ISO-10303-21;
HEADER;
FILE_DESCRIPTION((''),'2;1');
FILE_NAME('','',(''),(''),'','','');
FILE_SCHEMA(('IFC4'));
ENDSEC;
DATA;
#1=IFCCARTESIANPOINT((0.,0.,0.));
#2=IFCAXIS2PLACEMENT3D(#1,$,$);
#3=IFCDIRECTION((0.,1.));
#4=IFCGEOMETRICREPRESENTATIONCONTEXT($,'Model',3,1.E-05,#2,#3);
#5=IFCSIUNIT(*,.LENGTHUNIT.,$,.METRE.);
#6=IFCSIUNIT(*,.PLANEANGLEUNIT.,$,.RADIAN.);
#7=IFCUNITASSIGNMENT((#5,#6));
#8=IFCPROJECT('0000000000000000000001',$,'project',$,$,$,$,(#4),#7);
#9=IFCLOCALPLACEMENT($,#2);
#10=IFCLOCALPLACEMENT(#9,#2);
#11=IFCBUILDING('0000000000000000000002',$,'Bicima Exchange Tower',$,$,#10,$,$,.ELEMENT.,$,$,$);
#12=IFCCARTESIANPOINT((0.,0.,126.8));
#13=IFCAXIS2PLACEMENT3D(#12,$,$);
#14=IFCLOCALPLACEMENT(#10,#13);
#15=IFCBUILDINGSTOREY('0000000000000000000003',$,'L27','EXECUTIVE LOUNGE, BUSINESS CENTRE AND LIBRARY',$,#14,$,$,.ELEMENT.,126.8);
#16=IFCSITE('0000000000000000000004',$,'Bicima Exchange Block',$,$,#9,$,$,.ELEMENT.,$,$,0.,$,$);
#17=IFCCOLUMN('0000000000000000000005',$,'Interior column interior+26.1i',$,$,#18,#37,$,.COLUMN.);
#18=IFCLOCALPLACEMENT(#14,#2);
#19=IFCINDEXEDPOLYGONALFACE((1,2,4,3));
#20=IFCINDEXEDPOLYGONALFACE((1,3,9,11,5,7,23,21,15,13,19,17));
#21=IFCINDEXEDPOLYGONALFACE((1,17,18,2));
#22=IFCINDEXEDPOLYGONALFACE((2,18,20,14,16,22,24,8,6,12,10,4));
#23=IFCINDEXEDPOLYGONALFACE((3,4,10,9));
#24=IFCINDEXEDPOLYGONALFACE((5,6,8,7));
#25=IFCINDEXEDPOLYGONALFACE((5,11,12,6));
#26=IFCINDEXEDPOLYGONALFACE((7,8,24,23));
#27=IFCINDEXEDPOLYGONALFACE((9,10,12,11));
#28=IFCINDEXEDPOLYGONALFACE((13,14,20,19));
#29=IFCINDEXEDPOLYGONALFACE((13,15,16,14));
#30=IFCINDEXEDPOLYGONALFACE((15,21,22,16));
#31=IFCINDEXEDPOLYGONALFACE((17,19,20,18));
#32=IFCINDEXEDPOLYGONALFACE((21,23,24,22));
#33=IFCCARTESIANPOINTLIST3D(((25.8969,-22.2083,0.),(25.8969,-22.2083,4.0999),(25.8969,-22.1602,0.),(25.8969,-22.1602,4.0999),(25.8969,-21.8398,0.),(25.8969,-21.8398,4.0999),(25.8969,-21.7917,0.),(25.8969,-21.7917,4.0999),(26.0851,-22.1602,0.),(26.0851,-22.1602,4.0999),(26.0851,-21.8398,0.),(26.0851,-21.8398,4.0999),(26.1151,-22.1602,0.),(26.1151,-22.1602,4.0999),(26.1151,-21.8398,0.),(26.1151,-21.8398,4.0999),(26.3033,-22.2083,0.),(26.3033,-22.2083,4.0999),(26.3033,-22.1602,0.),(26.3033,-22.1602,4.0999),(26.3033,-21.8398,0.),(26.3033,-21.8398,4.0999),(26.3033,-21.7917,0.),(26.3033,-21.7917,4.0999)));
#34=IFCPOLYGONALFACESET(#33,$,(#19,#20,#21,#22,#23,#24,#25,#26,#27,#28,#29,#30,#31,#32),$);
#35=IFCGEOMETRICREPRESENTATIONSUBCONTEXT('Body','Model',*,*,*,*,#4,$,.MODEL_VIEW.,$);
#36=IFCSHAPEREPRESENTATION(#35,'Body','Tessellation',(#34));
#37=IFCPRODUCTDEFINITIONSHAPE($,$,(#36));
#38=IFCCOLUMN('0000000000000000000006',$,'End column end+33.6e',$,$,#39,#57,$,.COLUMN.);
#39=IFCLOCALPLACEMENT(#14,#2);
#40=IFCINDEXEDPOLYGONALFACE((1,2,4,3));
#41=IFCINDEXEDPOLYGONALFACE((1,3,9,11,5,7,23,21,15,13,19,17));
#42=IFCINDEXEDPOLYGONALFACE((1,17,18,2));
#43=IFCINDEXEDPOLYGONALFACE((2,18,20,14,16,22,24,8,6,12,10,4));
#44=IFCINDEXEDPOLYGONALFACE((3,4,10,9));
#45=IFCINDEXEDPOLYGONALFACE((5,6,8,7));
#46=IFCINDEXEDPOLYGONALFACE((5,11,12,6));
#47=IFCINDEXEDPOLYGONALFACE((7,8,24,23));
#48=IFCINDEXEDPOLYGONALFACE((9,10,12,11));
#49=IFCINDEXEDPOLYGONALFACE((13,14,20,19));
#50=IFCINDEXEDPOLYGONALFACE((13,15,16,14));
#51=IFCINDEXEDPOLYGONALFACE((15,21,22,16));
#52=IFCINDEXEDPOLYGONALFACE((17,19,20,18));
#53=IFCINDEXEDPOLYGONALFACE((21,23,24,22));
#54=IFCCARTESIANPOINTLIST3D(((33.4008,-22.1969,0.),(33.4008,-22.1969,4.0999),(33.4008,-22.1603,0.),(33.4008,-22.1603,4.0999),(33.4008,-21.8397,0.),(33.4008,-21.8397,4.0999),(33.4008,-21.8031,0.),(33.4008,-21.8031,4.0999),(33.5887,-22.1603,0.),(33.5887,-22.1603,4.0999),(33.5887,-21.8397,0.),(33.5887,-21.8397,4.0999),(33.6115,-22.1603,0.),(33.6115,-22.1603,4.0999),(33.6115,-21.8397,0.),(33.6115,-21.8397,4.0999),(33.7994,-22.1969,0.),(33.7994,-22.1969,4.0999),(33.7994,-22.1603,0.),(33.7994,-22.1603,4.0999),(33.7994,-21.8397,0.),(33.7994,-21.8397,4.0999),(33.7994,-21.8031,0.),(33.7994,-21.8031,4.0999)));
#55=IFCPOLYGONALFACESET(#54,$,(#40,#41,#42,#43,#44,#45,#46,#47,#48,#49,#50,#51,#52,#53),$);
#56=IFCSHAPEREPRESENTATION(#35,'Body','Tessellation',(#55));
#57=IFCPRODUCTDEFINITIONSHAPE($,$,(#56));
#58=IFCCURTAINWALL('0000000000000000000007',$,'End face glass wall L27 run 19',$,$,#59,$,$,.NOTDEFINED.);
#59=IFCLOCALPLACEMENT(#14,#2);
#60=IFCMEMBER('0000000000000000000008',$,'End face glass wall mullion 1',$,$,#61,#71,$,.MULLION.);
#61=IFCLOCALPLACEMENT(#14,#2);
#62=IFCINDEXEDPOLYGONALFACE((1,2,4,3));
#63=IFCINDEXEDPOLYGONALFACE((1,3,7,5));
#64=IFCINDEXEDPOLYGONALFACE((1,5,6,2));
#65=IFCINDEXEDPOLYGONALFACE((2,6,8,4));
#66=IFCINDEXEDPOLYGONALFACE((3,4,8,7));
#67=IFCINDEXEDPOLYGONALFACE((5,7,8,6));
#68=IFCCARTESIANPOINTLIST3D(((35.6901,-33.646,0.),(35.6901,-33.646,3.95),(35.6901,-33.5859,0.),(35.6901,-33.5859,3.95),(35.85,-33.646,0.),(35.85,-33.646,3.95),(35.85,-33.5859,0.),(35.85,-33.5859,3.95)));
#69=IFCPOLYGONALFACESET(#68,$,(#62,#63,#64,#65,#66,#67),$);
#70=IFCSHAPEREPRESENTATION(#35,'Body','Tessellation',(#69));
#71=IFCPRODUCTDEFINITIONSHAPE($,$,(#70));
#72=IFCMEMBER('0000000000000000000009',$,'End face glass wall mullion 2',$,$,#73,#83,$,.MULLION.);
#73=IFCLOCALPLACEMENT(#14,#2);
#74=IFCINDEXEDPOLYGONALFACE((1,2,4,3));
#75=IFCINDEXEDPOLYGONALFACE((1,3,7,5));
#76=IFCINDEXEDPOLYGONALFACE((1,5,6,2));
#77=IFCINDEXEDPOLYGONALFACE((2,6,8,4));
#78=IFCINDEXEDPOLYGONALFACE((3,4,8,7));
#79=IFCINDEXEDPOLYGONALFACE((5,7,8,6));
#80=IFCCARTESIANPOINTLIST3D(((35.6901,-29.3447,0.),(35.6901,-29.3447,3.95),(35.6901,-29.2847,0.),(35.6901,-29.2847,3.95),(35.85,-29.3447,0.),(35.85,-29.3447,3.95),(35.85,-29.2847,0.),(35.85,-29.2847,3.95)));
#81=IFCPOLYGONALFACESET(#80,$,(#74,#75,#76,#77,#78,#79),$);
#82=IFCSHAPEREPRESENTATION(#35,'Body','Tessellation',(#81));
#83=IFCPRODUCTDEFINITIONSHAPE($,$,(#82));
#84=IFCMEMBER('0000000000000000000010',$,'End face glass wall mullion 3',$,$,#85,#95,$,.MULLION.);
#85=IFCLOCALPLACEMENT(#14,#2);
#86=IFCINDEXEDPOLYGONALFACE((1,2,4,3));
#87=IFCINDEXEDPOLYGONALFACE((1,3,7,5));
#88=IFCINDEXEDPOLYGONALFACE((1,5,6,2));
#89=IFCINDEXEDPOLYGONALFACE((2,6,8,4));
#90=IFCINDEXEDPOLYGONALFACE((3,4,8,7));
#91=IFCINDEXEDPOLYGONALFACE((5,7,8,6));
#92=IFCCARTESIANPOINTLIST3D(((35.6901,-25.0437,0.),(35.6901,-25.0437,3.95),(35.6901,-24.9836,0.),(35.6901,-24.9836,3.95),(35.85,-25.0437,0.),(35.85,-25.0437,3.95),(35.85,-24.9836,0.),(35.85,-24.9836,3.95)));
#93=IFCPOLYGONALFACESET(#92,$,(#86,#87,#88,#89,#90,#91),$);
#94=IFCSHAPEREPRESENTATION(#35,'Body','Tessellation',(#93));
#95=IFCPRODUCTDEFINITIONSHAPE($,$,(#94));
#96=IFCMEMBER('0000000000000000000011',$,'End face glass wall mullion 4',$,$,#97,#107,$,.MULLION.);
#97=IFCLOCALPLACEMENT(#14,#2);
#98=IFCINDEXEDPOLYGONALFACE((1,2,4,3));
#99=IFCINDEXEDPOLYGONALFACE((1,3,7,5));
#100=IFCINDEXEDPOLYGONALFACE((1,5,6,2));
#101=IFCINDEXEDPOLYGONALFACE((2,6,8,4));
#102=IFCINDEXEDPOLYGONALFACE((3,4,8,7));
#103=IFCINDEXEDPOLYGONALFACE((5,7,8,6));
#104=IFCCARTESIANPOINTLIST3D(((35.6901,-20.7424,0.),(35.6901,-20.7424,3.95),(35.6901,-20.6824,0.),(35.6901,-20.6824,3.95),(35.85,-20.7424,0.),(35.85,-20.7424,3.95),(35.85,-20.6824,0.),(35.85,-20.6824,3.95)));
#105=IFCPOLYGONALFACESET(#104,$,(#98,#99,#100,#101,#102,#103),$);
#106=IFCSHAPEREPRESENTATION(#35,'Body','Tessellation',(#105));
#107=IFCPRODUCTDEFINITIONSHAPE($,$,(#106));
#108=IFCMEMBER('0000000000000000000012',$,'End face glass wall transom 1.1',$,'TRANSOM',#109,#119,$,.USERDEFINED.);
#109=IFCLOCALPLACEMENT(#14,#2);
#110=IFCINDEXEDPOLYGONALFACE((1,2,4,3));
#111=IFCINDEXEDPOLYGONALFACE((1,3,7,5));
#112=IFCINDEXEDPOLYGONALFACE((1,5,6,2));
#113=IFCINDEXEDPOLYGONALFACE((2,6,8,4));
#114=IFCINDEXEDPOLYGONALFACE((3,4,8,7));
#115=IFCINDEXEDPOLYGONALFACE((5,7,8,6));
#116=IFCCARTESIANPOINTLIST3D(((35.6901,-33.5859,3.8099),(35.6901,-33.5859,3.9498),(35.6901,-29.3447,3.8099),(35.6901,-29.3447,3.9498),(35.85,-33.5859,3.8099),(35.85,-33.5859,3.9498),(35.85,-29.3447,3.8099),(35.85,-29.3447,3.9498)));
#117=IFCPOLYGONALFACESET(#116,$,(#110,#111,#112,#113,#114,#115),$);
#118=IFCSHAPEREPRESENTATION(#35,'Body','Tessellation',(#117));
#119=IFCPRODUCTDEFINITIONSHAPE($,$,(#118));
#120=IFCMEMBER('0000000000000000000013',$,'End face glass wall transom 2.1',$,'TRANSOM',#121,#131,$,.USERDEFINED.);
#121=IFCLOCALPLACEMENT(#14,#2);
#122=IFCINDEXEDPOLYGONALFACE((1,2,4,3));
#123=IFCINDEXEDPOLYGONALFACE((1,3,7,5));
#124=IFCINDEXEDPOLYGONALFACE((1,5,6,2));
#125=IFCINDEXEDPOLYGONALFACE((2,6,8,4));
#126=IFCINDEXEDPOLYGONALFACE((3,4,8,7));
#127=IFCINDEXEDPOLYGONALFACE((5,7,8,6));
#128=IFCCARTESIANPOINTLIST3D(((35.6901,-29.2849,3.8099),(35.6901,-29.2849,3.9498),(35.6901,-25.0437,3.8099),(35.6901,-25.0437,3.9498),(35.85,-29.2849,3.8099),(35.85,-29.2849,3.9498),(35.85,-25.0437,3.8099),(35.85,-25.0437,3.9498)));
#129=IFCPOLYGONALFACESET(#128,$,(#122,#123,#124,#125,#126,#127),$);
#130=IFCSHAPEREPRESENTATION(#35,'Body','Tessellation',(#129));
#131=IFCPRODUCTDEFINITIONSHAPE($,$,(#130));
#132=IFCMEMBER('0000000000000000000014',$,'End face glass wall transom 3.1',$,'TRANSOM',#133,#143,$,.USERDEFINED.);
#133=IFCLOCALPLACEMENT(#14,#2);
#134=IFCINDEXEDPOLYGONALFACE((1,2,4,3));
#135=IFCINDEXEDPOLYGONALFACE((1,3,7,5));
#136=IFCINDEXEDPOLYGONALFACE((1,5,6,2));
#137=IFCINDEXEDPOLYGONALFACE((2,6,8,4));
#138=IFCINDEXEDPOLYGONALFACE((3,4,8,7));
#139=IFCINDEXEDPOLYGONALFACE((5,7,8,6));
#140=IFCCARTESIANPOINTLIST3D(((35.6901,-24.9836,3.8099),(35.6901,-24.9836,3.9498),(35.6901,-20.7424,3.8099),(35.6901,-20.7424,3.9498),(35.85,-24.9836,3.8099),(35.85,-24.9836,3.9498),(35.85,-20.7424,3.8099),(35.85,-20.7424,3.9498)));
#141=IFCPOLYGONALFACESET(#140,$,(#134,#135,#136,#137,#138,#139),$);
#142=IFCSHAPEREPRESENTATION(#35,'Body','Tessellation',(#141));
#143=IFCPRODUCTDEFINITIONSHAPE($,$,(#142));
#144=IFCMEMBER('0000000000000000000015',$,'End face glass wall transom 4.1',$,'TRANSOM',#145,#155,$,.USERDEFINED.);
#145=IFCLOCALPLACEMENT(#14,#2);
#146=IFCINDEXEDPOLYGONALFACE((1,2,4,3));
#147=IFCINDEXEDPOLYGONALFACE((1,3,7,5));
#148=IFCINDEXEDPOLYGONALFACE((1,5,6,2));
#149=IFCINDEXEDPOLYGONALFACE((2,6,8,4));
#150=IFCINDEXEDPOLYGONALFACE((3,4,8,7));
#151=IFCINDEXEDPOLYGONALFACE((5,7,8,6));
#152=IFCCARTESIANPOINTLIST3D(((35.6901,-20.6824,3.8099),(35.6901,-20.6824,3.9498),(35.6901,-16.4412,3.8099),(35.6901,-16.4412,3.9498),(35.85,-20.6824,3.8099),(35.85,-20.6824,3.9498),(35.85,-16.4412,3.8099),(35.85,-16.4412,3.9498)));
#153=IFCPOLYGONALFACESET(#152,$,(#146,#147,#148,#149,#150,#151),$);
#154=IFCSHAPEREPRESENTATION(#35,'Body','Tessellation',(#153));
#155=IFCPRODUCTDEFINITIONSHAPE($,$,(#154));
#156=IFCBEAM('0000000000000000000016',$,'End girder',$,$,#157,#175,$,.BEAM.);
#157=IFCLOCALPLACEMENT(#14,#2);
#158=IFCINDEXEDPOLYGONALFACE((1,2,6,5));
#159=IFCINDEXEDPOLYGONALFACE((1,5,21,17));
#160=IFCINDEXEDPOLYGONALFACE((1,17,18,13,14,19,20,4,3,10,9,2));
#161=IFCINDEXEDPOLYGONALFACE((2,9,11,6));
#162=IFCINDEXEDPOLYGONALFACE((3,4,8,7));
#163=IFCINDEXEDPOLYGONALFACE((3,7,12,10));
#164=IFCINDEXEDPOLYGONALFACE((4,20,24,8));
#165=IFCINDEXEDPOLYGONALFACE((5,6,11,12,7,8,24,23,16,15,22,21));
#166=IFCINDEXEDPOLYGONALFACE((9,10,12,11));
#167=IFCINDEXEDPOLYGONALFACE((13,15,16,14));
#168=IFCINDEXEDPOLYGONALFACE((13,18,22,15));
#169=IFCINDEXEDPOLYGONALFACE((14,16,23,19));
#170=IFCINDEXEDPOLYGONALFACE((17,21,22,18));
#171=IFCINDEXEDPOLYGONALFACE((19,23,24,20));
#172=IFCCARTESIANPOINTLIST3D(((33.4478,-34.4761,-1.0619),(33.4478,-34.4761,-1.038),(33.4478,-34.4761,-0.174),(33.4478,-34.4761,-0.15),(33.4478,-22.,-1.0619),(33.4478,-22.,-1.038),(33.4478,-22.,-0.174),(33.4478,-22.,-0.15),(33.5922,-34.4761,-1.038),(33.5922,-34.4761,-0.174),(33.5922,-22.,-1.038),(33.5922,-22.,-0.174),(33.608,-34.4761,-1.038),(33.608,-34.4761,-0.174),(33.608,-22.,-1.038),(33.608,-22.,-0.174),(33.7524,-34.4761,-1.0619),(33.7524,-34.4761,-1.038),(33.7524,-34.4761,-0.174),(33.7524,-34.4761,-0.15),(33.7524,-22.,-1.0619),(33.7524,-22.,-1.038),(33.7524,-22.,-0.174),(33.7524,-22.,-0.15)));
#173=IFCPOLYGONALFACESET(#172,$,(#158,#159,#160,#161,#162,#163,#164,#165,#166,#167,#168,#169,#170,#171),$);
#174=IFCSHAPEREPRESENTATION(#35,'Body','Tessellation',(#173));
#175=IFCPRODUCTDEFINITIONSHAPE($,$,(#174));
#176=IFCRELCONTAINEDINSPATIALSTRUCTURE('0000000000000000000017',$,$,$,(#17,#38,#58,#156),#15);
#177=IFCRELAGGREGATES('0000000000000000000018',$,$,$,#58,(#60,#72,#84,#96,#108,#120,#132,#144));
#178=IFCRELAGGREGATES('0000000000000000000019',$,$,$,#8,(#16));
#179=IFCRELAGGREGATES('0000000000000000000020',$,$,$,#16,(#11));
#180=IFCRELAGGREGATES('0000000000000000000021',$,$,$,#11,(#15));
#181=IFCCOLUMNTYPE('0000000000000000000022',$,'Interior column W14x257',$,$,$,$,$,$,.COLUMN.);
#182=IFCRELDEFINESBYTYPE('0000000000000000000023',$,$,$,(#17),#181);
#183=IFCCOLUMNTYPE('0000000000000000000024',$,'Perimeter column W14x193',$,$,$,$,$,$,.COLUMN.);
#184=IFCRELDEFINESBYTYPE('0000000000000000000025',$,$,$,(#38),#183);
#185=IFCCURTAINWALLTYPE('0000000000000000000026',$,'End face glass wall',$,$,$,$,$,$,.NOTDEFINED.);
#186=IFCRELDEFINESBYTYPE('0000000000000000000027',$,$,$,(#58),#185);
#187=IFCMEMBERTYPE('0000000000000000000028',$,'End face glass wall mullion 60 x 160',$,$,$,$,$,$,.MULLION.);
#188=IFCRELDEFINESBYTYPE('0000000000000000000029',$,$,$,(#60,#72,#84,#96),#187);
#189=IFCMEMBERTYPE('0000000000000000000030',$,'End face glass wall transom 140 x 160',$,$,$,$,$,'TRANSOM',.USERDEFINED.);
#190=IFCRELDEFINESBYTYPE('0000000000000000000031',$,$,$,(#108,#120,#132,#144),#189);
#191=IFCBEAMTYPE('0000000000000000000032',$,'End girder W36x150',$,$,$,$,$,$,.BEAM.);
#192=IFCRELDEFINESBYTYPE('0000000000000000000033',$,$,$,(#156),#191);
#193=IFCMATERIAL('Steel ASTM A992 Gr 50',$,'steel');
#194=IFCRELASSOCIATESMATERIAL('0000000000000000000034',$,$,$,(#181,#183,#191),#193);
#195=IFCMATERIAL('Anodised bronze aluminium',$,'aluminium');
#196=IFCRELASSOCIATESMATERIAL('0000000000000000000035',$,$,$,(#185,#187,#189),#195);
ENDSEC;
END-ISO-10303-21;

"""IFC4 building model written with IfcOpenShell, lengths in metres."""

from ifc_helpers import new_model, si_unit, direction, frame, origin, origin_2d, place, context, subcontext, project, spatial, rectangle, i_section, extrude, material, material_profile, profile_set, type_object, element, aggregate, save


model = new_model("IFC4")

# Units and contexts
model_context = context("Model", 3, precision=1e-05, world=origin(), true_north=direction((0.0, 1.0)))
body_context = subcontext(model_context, "Body", "Model", "MODEL_VIEW")
ifc_project = project(units=[si_unit("LENGTHUNIT", "METRE"), si_unit("PLANEANGLEUNIT", "RADIAN")], contexts=[model_context])

# Site, building, storey
site_placement = place(None, origin())
site = spatial("IfcSite", under=ifc_project, at=site_placement, Name="Bicima Exchange Block", CompositionType="ELEMENT", RefElevation=0.0)
building_placement = place(site_placement, origin())
building = spatial("IfcBuilding", under=site, at=building_placement, Name="Bicima Exchange Tower", CompositionType="ELEMENT")
storey_placement = place(building_placement, frame((0.0, 0.0, 126.8)))
storey = spatial("IfcBuildingStorey", under=building, at=storey_placement, Name="L27", Description="EXECUTIVE LOUNGE, BUSINESS CENTRE AND LIBRARY", CompositionType="ELEMENT", Elevation=126.8)

# Columns
ifc_material_1 = material(Name="Steel ASTM A992 Gr 50", Category="steel")
ifc_material_profile_1 = material_profile(ifc_material_1, i_section(OverallWidth=0.4065, OverallDepth=0.4165, WebThickness=0.03, FlangeThickness=0.0481, at=origin_2d()))
ifc_profile_set_1 = profile_set([ifc_material_profile_1], Name="Steel ASTM A992 Gr 50")
column_type_1 = type_object("IfcColumnType", Name="Interior column W14x257", PredefinedType="COLUMN", material=ifc_profile_set_1)
column_1_placement = place(storey_placement, frame((26.1001, -22.0, 0.0), z_axis=(0.0, 0.0, 1.0), x_axis=(1.0, 0.0, 0.0)))
element("IfcColumn", 1, at=column_1_placement, inside=storey, type_object=column_type_1, Name="Interior column interior+26.1i", PredefinedType="COLUMN", context=body_context, shape_type="SweptSolid", body=[
    extrude(i_section(OverallWidth=0.4065, OverallDepth=0.4165, WebThickness=0.03, FlangeThickness=0.0481, at=origin_2d()), origin(), (0.0, 0.0, 1.0), 4.0999),
])
ifc_material_profile_2 = material_profile(ifc_material_1, i_section(OverallWidth=0.3987, OverallDepth=0.3938, WebThickness=0.0227, FlangeThickness=0.0366, at=origin_2d()))
ifc_profile_set_2 = profile_set([ifc_material_profile_2], Name="Steel ASTM A992 Gr 50")
column_type_2 = type_object("IfcColumnType", Name="Perimeter column W14x193", PredefinedType="COLUMN", material=ifc_profile_set_2)
column_2_placement = place(storey_placement, frame((33.6001, -22.0, 0.0), z_axis=(0.0, 0.0, 1.0), x_axis=(1.0, 0.0, 0.0)))
element("IfcColumn", 2, at=column_2_placement, inside=storey, type_object=column_type_2, Name="End column end+33.6e", PredefinedType="COLUMN", context=body_context, shape_type="SweptSolid", body=[
    extrude(i_section(OverallWidth=0.3987, OverallDepth=0.3938, WebThickness=0.0227, FlangeThickness=0.0366, at=origin_2d()), origin(), (0.0, 0.0, 1.0), 4.0999),
])

# Curtain wall, members
ifc_material_2 = material(Name="Anodised bronze aluminium", Category="aluminium")
curtain_wall_type = type_object("IfcCurtainWallType", Name="End face glass wall", PredefinedType="NOTDEFINED", material=ifc_material_2)
curtain_wall_placement = place(storey_placement, origin())
curtain_wall = element("IfcCurtainWall", 3, at=curtain_wall_placement, inside=storey, type_object=curtain_wall_type, Name="End face glass wall L27 run 19", PredefinedType="NOTDEFINED")
ifc_material_profile_3 = material_profile(ifc_material_2, rectangle(XDim=0.1599, YDim=0.0601, at=origin_2d()))
ifc_profile_set_3 = profile_set([ifc_material_profile_3], Name="Anodised bronze aluminium")
member_type_1 = type_object("IfcMemberType", Name="End face glass wall mullion 60 x 160", PredefinedType="MULLION", material=ifc_profile_set_3)
member_1_placement = place(storey_placement, frame((35.77, -33.616, 0.0), z_axis=(0.0, 0.0, 1.0), x_axis=(-1.0, 0.0, 0.0)))
member_1 = element("IfcMember", 4, at=member_1_placement, type_object=member_type_1, Name="End face glass wall mullion 1", PredefinedType="MULLION", context=body_context, shape_type="SweptSolid", body=[
    extrude(rectangle(XDim=0.1599, YDim=0.0601, at=origin_2d()), origin(), (0.0, 0.0, 1.0), 3.95),
])
member_2_placement = place(storey_placement, frame((35.77, -29.3147, 0.0), z_axis=(0.0, 0.0, 1.0), x_axis=(-1.0, 0.0, 0.0)))
member_2 = element("IfcMember", 5, at=member_2_placement, type_object=member_type_1, Name="End face glass wall mullion 2", PredefinedType="MULLION", context=body_context, shape_type="SweptSolid", body=[
    extrude(rectangle(XDim=0.1599, YDim=0.0601, at=origin_2d()), origin(), (0.0, 0.0, 1.0), 3.95),
])
member_3_placement = place(storey_placement, frame((35.77, -25.0137, 0.0), z_axis=(0.0, 0.0, 1.0), x_axis=(-1.0, 0.0, 0.0)))
member_3 = element("IfcMember", 6, at=member_3_placement, type_object=member_type_1, Name="End face glass wall mullion 3", PredefinedType="MULLION", context=body_context, shape_type="SweptSolid", body=[
    extrude(rectangle(XDim=0.1599, YDim=0.0601, at=origin_2d()), origin(), (0.0, 0.0, 1.0), 3.95),
])
member_4_placement = place(storey_placement, frame((35.77, -20.7124, 0.0), z_axis=(0.0, 0.0, 1.0), x_axis=(-1.0, 0.0, 0.0)))
member_4 = element("IfcMember", 7, at=member_4_placement, type_object=member_type_1, Name="End face glass wall mullion 4", PredefinedType="MULLION", context=body_context, shape_type="SweptSolid", body=[
    extrude(rectangle(XDim=0.1599, YDim=0.0601, at=origin_2d()), origin(), (0.0, 0.0, 1.0), 3.95),
])
ifc_material_profile_4 = material_profile(ifc_material_2, rectangle(XDim=0.1599, YDim=0.1399, at=origin_2d()))
ifc_profile_set_4 = profile_set([ifc_material_profile_4], Name="Anodised bronze aluminium")
member_type_2 = type_object("IfcMemberType", Name="End face glass wall transom 140 x 160", ElementType="TRANSOM", PredefinedType="USERDEFINED", material=ifc_profile_set_4)
member_5_placement = place(storey_placement, frame((35.77, -33.5859, 3.8799), z_axis=(0.0, 1.0, 0.0), x_axis=(-1.0, 0.0, 0.0)))
member_5 = element("IfcMember", 8, at=member_5_placement, type_object=member_type_2, Name="End face glass wall transom 1.1", ObjectType="TRANSOM", PredefinedType="USERDEFINED", context=body_context, shape_type="SweptSolid", body=[
    extrude(rectangle(XDim=0.1599, YDim=0.1399, at=origin_2d()), origin(), (0.0, 0.0, 1.0), 4.2412),
])
member_6_placement = place(storey_placement, frame((35.77, -29.2849, 3.8799), z_axis=(0.0, 1.0, 0.0), x_axis=(-1.0, 0.0, 0.0)))
member_6 = element("IfcMember", 9, at=member_6_placement, type_object=member_type_2, Name="End face glass wall transom 2.1", ObjectType="TRANSOM", PredefinedType="USERDEFINED", context=body_context, shape_type="SweptSolid", body=[
    extrude(rectangle(XDim=0.1599, YDim=0.1399, at=origin_2d()), origin(), (0.0, 0.0, 1.0), 4.2412),
])
member_7_placement = place(storey_placement, frame((35.77, -24.9836, 3.8799), z_axis=(0.0, 1.0, 0.0), x_axis=(-1.0, 0.0, 0.0)))
member_7 = element("IfcMember", 10, at=member_7_placement, type_object=member_type_2, Name="End face glass wall transom 3.1", ObjectType="TRANSOM", PredefinedType="USERDEFINED", context=body_context, shape_type="SweptSolid", body=[
    extrude(rectangle(XDim=0.1599, YDim=0.1399, at=origin_2d()), origin(), (0.0, 0.0, 1.0), 4.2412),
])
member_8_placement = place(storey_placement, frame((35.77, -20.6824, 3.8799), z_axis=(0.0, 1.0, 0.0), x_axis=(-1.0, 0.0, 0.0)))
member_8 = element("IfcMember", 11, at=member_8_placement, type_object=member_type_2, Name="End face glass wall transom 4.1", ObjectType="TRANSOM", PredefinedType="USERDEFINED", context=body_context, shape_type="SweptSolid", body=[
    extrude(rectangle(XDim=0.1599, YDim=0.1399, at=origin_2d()), origin(), (0.0, 0.0, 1.0), 4.2412),
])

# Beam
ifc_material_profile_5 = material_profile(ifc_material_1, i_section(OverallWidth=0.3047, OverallDepth=0.9119, WebThickness=0.0159, FlangeThickness=0.0239, at=origin_2d()))
ifc_profile_set_5 = profile_set([ifc_material_profile_5], Name="Steel ASTM A992 Gr 50")
beam_type_1 = type_object("IfcBeamType", Name="End girder W36x150", PredefinedType="BEAM", material=ifc_profile_set_5)
beam_1_placement = place(storey_placement, frame((33.6001, -22.0, -0.606), z_axis=(0.0, -1.0, 0.0), x_axis=(1.0, 0.0, 0.0)))
element("IfcBeam", 12, at=beam_1_placement, inside=storey, type_object=beam_type_1, Name="End girder", PredefinedType="BEAM", context=body_context, shape_type="SweptSolid", body=[
    extrude(i_section(OverallWidth=0.3047, OverallDepth=0.9119, WebThickness=0.0159, FlangeThickness=0.0239, at=origin_2d()), origin(), (0.0, 0.0, 1.0), 12.4761),
])

aggregate(curtain_wall, [member_1, member_2, member_3, member_4, member_5, member_6, member_7, member_8])

save(model, "model.ifc")
